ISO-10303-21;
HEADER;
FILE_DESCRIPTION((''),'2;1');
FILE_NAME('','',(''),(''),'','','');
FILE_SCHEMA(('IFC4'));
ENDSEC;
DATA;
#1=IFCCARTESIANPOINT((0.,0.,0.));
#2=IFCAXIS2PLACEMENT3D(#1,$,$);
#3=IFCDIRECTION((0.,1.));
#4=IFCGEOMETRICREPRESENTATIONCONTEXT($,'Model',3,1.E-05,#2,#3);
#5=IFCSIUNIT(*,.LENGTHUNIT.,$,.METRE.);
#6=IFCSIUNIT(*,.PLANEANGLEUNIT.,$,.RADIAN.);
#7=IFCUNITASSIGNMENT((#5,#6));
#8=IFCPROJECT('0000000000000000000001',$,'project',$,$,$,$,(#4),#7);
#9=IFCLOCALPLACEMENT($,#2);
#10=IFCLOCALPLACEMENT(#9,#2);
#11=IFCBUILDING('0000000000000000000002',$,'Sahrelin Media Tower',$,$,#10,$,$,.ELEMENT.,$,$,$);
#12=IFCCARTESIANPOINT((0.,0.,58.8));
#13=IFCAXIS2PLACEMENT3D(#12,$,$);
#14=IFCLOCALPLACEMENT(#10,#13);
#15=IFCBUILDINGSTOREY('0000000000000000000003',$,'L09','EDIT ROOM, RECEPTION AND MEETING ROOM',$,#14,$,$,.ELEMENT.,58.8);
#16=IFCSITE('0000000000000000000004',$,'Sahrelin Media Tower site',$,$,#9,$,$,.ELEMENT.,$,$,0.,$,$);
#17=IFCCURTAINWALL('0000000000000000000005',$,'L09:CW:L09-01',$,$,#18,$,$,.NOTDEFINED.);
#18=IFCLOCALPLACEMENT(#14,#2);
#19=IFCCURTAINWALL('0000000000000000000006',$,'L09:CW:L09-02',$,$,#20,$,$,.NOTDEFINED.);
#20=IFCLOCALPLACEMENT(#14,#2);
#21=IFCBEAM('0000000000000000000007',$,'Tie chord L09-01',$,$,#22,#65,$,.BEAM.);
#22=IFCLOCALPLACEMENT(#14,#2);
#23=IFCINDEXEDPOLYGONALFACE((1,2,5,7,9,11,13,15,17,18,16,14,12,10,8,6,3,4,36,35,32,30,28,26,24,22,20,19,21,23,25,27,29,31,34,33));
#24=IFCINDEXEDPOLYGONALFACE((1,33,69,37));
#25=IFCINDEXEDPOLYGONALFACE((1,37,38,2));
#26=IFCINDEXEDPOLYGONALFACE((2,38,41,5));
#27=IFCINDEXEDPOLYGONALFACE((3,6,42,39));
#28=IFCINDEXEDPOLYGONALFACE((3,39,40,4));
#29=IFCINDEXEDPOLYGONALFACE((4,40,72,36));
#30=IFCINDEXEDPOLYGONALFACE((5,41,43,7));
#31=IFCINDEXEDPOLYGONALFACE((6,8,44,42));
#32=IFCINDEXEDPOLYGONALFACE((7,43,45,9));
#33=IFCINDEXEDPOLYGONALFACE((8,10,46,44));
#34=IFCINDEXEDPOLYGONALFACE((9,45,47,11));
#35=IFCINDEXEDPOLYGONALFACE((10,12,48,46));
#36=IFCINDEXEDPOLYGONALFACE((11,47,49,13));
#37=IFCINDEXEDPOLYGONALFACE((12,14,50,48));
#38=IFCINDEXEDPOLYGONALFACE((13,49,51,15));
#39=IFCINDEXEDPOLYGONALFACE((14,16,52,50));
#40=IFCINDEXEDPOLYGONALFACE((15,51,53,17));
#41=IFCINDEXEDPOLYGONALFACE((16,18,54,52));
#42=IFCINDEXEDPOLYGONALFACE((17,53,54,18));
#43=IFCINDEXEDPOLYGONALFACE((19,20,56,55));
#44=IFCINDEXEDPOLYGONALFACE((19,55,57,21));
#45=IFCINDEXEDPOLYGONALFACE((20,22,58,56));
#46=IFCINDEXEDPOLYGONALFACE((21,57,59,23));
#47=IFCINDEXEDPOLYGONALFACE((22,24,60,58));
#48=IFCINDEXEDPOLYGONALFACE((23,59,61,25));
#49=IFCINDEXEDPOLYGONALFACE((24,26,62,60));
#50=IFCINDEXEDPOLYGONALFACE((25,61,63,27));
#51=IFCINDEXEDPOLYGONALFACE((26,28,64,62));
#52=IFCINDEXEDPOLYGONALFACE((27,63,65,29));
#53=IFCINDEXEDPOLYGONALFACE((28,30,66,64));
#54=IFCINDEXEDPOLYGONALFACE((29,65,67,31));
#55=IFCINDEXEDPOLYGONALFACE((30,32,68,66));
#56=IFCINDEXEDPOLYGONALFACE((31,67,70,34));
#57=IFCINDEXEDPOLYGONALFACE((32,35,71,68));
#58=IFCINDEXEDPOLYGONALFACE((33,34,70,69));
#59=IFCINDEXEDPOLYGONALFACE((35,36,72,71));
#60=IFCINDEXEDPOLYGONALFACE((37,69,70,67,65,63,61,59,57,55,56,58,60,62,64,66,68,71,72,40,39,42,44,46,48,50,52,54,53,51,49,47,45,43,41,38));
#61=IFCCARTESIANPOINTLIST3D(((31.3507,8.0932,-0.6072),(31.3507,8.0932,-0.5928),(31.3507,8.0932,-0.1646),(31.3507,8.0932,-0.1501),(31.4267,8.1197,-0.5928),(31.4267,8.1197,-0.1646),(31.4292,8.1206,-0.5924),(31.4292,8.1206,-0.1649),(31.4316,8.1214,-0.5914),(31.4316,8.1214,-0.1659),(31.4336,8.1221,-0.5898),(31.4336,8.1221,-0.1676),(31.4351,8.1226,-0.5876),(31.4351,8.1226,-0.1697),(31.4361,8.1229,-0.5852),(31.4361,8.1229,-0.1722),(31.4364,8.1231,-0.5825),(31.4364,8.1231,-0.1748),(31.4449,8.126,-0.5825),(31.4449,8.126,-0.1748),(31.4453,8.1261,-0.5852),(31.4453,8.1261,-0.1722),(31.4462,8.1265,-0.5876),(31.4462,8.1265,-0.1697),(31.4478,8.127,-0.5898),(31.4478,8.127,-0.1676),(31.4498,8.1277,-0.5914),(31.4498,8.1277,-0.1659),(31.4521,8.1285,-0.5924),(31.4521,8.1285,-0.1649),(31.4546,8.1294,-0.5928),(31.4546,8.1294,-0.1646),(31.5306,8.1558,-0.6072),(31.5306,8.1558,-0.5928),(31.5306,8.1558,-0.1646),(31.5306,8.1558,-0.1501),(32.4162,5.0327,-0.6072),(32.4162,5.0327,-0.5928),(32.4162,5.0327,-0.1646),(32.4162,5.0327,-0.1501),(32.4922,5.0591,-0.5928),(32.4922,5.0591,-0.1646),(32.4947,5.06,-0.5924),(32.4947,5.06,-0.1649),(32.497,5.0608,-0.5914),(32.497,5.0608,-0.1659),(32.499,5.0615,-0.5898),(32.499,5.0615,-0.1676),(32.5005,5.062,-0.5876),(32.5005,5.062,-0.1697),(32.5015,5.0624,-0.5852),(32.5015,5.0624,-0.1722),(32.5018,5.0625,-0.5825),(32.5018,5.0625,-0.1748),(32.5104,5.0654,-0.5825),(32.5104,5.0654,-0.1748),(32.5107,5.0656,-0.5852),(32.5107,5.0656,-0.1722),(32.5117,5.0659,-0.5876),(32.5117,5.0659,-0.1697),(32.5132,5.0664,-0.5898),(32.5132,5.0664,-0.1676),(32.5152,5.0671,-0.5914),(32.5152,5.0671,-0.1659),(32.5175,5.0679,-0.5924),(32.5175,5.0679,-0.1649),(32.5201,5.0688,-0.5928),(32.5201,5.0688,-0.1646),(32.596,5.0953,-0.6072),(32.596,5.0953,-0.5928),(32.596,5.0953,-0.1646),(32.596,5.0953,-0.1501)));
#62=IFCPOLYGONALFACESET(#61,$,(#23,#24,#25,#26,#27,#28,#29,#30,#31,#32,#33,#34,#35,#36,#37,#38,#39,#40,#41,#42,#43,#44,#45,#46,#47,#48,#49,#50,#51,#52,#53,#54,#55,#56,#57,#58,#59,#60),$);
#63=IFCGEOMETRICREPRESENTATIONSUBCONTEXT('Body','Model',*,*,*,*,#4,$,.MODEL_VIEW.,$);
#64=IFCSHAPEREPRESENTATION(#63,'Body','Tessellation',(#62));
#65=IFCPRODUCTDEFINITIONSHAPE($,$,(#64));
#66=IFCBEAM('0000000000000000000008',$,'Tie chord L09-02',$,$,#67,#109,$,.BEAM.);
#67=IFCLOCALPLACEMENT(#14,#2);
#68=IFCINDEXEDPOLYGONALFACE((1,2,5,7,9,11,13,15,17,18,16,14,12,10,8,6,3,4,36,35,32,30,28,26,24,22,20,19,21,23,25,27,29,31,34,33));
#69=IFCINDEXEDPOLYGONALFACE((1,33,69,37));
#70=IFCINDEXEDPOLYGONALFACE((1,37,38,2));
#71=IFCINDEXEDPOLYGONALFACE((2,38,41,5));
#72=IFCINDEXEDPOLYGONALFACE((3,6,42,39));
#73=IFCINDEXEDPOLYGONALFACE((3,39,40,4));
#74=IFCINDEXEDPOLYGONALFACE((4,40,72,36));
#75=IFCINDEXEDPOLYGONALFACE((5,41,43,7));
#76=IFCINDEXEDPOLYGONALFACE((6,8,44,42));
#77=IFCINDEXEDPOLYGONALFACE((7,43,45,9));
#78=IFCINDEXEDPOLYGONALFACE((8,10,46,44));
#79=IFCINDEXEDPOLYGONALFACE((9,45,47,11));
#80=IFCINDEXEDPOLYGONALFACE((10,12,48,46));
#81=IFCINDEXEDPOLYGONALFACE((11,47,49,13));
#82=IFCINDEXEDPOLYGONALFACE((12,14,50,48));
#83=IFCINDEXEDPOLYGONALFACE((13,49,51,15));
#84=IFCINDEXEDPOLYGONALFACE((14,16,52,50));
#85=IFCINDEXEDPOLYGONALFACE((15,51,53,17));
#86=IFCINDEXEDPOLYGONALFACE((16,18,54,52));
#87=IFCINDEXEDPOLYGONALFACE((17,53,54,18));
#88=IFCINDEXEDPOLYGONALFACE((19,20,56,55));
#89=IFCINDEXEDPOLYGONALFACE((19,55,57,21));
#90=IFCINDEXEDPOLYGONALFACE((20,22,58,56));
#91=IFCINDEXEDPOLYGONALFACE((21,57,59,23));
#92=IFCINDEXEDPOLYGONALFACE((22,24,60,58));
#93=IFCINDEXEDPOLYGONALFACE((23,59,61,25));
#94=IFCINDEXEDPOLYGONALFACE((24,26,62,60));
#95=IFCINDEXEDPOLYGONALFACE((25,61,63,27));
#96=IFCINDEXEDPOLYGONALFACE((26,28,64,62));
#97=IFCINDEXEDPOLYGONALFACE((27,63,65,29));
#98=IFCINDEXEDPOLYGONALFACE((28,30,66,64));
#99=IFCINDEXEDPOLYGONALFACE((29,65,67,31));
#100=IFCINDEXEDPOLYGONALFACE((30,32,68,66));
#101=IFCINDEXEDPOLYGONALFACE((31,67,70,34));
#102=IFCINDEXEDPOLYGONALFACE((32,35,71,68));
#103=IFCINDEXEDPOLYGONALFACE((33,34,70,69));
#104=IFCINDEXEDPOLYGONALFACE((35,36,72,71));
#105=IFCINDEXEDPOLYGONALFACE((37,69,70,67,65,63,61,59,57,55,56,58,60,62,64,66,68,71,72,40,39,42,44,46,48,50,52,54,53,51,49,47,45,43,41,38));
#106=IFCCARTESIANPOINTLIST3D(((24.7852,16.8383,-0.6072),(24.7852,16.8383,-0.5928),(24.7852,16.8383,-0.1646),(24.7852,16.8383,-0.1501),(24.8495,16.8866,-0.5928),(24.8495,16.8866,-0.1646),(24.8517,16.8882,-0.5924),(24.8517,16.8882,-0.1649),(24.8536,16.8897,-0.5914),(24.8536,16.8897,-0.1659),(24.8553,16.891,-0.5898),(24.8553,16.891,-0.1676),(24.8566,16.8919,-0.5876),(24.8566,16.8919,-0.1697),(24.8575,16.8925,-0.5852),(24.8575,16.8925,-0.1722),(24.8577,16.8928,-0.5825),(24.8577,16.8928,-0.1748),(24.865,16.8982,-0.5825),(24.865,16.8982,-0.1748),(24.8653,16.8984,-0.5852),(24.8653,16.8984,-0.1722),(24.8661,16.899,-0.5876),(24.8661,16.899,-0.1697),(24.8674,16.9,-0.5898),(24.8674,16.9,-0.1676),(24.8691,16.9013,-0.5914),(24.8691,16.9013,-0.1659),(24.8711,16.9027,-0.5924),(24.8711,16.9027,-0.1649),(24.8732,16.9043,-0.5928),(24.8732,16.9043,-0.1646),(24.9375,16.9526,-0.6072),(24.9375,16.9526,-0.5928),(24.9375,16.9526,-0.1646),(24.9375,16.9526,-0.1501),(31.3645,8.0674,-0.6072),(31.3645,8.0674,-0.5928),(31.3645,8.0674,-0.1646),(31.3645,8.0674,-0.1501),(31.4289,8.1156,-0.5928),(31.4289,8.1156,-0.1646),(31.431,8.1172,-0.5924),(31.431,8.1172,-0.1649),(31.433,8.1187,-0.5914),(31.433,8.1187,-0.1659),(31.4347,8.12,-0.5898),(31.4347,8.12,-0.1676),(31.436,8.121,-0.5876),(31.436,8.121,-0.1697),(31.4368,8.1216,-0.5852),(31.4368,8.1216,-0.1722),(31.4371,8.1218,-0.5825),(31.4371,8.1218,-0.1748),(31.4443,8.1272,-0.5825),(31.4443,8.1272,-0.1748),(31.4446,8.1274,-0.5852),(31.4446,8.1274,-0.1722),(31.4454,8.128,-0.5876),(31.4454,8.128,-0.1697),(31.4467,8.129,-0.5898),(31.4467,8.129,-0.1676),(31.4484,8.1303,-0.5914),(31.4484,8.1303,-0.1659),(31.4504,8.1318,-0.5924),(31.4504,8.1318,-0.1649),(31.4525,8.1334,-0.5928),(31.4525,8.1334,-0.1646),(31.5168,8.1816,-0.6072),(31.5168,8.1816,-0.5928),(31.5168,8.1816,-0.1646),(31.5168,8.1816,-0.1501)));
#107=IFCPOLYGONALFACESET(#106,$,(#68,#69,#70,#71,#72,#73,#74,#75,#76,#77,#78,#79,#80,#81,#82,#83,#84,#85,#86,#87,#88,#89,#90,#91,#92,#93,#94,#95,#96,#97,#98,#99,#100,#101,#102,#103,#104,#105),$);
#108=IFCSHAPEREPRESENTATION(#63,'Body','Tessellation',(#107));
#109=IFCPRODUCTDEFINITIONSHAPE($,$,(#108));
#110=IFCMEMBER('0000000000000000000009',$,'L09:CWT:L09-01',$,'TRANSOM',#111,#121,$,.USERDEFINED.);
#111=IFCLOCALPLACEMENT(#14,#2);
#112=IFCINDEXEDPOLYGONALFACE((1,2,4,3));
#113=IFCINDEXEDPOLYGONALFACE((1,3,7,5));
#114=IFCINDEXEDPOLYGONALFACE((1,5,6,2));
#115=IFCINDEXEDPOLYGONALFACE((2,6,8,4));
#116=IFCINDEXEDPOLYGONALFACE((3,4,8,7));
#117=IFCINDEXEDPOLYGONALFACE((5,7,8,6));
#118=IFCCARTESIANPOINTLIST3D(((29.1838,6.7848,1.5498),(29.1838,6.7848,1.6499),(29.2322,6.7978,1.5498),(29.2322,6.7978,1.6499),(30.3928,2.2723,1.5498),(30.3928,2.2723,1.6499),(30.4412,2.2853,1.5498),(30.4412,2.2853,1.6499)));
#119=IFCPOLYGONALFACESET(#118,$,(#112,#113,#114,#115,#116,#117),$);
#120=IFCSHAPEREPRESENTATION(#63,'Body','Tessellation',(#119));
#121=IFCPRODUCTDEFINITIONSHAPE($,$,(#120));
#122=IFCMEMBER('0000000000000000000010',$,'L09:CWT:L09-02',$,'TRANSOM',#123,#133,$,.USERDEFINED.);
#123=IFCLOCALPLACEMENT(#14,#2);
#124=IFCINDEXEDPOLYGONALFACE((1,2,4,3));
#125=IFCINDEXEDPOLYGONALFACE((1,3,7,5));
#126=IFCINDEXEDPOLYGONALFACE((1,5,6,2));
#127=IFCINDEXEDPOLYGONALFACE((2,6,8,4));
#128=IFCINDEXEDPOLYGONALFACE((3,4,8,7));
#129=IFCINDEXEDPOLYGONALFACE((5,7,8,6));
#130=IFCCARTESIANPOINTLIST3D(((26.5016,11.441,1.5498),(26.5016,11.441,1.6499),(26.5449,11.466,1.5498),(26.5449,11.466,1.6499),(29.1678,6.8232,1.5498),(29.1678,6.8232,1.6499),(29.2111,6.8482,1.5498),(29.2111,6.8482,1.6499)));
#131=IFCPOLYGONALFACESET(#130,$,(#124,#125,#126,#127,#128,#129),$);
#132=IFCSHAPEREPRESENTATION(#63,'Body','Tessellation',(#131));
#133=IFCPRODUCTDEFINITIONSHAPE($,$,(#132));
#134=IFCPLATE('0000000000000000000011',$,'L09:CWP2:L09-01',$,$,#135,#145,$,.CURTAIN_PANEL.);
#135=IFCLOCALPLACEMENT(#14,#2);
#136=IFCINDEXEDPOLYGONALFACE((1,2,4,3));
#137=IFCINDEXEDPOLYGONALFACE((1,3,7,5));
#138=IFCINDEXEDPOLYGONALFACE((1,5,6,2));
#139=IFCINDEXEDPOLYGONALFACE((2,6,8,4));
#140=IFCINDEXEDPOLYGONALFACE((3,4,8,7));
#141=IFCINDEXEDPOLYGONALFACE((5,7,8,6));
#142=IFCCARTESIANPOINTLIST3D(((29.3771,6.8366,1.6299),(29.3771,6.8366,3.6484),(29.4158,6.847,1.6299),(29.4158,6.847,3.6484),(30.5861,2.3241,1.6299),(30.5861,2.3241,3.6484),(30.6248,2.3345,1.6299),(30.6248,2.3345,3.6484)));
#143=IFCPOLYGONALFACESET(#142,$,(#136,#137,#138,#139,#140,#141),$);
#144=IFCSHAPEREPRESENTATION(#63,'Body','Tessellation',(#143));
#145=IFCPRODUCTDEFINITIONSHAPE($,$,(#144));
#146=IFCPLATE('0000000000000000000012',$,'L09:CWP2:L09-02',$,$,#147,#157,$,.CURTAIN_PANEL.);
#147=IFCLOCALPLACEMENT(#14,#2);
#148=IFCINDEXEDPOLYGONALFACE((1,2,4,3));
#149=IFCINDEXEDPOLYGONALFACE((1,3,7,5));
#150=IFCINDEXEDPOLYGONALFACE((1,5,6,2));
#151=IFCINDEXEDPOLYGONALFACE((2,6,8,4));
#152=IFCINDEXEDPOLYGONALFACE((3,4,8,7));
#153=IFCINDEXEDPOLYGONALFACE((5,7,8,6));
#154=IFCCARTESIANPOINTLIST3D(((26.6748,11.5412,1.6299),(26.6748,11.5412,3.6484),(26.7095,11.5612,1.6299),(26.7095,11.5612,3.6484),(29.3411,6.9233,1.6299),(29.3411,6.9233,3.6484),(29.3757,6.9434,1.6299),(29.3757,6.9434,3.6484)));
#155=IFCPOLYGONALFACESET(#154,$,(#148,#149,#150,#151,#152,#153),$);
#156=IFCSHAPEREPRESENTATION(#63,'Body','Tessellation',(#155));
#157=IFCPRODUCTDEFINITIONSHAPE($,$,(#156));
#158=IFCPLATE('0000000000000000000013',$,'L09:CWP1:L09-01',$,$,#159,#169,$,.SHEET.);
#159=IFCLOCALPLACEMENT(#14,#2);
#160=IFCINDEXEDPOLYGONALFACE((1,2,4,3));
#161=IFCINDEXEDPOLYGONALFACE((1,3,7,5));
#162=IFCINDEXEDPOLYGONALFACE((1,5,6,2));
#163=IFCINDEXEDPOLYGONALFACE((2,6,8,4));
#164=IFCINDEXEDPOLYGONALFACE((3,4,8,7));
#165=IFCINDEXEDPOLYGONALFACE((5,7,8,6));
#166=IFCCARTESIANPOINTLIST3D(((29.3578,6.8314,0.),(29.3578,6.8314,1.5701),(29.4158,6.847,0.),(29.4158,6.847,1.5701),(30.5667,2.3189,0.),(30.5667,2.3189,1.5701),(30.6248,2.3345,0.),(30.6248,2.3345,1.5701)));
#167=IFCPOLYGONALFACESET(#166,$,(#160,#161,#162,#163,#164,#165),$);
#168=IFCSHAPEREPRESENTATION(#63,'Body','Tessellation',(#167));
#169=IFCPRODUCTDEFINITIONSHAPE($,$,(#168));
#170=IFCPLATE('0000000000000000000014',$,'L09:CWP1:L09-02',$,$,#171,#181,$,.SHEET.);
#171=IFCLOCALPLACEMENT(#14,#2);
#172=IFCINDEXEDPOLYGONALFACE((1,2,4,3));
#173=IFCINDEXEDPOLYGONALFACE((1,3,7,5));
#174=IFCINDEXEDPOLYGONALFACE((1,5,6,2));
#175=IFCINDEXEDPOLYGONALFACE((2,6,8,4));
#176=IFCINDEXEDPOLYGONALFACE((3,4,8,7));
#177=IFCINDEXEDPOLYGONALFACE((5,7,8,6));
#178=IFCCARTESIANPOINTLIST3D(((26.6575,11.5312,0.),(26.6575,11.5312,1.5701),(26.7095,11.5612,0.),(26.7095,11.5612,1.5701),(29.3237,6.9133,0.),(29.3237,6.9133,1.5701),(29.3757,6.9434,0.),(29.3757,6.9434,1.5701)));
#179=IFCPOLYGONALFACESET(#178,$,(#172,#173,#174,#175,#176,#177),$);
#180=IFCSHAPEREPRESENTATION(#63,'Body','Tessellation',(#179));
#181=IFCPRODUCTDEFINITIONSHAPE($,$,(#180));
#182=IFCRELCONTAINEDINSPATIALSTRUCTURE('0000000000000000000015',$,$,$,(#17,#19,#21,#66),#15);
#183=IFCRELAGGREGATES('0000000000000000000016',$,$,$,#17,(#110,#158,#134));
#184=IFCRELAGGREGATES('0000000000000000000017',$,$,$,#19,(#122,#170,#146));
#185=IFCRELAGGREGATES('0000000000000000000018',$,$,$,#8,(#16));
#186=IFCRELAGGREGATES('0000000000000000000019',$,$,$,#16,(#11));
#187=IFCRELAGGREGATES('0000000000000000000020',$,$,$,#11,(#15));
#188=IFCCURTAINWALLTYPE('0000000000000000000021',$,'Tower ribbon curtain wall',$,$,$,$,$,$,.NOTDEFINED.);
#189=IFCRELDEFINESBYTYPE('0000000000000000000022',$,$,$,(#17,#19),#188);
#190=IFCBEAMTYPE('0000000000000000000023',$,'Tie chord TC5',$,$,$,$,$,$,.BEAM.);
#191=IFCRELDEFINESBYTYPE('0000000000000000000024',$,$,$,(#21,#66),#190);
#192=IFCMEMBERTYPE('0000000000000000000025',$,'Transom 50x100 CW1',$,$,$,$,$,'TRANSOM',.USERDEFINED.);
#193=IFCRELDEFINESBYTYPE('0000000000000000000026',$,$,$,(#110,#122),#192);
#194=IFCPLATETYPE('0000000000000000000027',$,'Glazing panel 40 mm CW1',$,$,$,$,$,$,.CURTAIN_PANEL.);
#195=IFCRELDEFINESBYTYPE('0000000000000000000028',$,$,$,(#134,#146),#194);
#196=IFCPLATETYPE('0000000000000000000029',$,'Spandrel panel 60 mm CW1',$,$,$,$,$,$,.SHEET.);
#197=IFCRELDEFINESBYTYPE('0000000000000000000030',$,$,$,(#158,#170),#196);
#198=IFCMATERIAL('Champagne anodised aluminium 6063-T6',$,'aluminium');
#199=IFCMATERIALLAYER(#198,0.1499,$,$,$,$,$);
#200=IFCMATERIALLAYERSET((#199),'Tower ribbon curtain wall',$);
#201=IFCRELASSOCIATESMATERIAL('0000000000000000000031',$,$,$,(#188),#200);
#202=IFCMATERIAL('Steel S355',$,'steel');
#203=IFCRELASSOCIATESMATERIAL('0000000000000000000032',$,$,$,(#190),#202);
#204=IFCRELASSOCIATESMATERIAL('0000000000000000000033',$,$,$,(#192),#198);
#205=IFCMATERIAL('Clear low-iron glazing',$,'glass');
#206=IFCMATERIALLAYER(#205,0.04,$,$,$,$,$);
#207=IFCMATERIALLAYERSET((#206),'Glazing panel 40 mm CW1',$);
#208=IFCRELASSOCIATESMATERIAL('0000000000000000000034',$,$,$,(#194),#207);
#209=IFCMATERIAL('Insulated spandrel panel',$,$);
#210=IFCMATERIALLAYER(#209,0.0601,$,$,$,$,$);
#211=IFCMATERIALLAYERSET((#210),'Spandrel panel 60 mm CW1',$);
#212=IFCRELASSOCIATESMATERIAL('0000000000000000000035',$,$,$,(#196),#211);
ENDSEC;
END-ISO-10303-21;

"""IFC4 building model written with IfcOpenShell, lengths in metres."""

from ifc_helpers import new_model, si_unit, direction, frame, origin, origin_2d, place, context, subcontext, project, spatial, polyline, rectangle, i_section, outline, extrude, material, layer, layer_set, material_profile, profile_set, type_object, element, aggregate, save


model = new_model("IFC4")

# Units and contexts
model_context = context("Model", 3, precision=1e-05, world=origin(), true_north=direction((0.0, 1.0)))
body_context = subcontext(model_context, "Body", "Model", "MODEL_VIEW")
ifc_project = project(units=[si_unit("LENGTHUNIT", "METRE"), si_unit("PLANEANGLEUNIT", "RADIAN")], contexts=[model_context])

# Site, building, storey
site_placement = place(None, origin())
site = spatial("IfcSite", under=ifc_project, at=site_placement, Name="Sahrelin Media Tower site", CompositionType="ELEMENT", RefElevation=0.0)
building_placement = place(site_placement, origin())
building = spatial("IfcBuilding", under=site, at=building_placement, Name="Sahrelin Media Tower", CompositionType="ELEMENT")
storey_placement = place(building_placement, frame((0.0, 0.0, 58.8)))
storey = spatial("IfcBuildingStorey", under=building, at=storey_placement, Name="L09", Description="EDIT ROOM, RECEPTION AND MEETING ROOM", CompositionType="ELEMENT", Elevation=58.8)

# Shared definitions
ifc_material_1 = material(Name="Steel S355", Category="steel")

# Curtain walls
ifc_material_2 = material(Name="Champagne anodised aluminium 6063-T6", Category="aluminium")
ifc_layer_1 = layer(ifc_material_2, 0.1499)
ifc_layer_set_1 = layer_set([ifc_layer_1], Name="Tower ribbon curtain wall")
curtain_wall_type = type_object("IfcCurtainWallType", Name="Tower ribbon curtain wall", PredefinedType="NOTDEFINED", material=ifc_layer_set_1)
curtain_wall_1_placement = place(storey_placement, frame((30.001, 4.5854, 0.0), z_axis=(0.0, 0.0, 1.0), x_axis=(1.0, 0.0, 0.0)))
curtain_wall_1 = element("IfcCurtainWall", 1, at=curtain_wall_1_placement, inside=storey, type_object=curtain_wall_type, Name="L09:CW:L09-01", PredefinedType="NOTDEFINED")
curtain_wall_2_placement = place(storey_placement, frame((28.0254, 9.2422, 0.0), z_axis=(0.0, 0.0, 1.0), x_axis=(1.0, 0.0, 0.0)))
curtain_wall_2 = element("IfcCurtainWall", 2, at=curtain_wall_2_placement, inside=storey, type_object=curtain_wall_type, Name="L09:CW:L09-02", PredefinedType="NOTDEFINED")

# Beams
ifc_material_profile_1 = material_profile(ifc_material_1, i_section(OverallWidth=0.1904, OverallDepth=0.457, WebThickness=0.009, FlangeThickness=0.0144, FilletRadius=0.0103, at=origin_2d()), Name="UB 457x191x74")
ifc_profile_set_1 = profile_set([ifc_material_profile_1], Name="Steel S355")
beam_type_1 = type_object("IfcBeamType", Name="Tie chord TC5", PredefinedType="BEAM", material=ifc_profile_set_1)
beam_1_placement = place(storey_placement, frame((32.5061, 5.064, -0.3787), z_axis=(-0.328766, 0.944411, 0.0), x_axis=(-0.944411, -0.328766, 0.0)))
element("IfcBeam", 3, at=beam_1_placement, inside=storey, type_object=beam_type_1, Name="Tie chord L09-01", PredefinedType="BEAM", context=body_context, shape_type="SweptSolid", body=[
    extrude(i_section(OverallWidth=0.1904, OverallDepth=0.457, WebThickness=0.009, FlangeThickness=0.0144, FilletRadius=0.0103, at=origin_2d()), origin(), (0.0, 0.0, 1.0), 3.2407),
])
beam_2_placement = place(storey_placement, frame((31.4407, 8.1245, -0.3787), z_axis=(-0.600064, 0.799952, 0.0), x_axis=(-0.799952, -0.600064, 0.0)))
element("IfcBeam", 4, at=beam_2_placement, inside=storey, type_object=beam_type_1, Name="Tie chord L09-02", PredefinedType="BEAM", context=body_context, shape_type="SweptSolid", body=[
    extrude(i_section(OverallWidth=0.1904, OverallDepth=0.457, WebThickness=0.009, FlangeThickness=0.0144, FilletRadius=0.0103, at=origin_2d()), origin(), (0.0, 0.0, 1.0), 10.9644),
])

# Members
ifc_material_profile_2 = material_profile(ifc_material_2, rectangle(XDim=0.05, YDim=0.1001, at=origin_2d()), Name="Transom 50x100")
ifc_profile_set_2 = profile_set([ifc_material_profile_2], Name="Champagne anodised aluminium 6063-T6")
member_type_1 = type_object("IfcMemberType", Name="Transom 50x100 CW1", ElementType="TRANSOM", PredefinedType="USERDEFINED", material=ifc_profile_set_2)
member_1_placement = place(storey_placement, frame((30.417, 2.2788, 1.5999), z_axis=(-0.258794, 0.965932, 0.0), x_axis=(-0.965932, -0.258794, 0.0)))
member_1 = element("IfcMember", 5, at=member_1_placement, type_object=member_type_1, Name="L09:CWT:L09-01", ObjectType="TRANSOM", PredefinedType="USERDEFINED", context=body_context, shape_type="SweptSolid", body=[
    extrude(rectangle(XDim=0.05, YDim=0.1001, at=origin_2d()), origin(), (0.0, 0.0, 1.0), 4.6716),
])
member_2_placement = place(storey_placement, frame((29.1895, 6.8357, 1.5999), z_axis=(-0.500014, 0.866017, 0.0), x_axis=(-0.866017, -0.500014, 0.0)))
member_2 = element("IfcMember", 6, at=member_2_placement, type_object=member_type_1, Name="L09:CWT:L09-02", ObjectType="TRANSOM", PredefinedType="USERDEFINED", context=body_context, shape_type="SweptSolid", body=[
    extrude(rectangle(XDim=0.05, YDim=0.1001, at=origin_2d()), origin(), (0.0, 0.0, 1.0), 5.3323),
])

# Plates
ifc_material_3 = material(Name="Clear low-iron glazing", Category="glass")
ifc_layer_2 = layer(ifc_material_3, 0.04)
ifc_layer_set_2 = layer_set([ifc_layer_2], Name="Glazing panel 40 mm CW1")
plate_type_1 = type_object("IfcPlateType", Name="Glazing panel 40 mm CW1", PredefinedType="CURTAIN_PANEL", material=ifc_layer_set_2)
plate_1_placement = place(storey_placement, frame((30.6248, 2.3345, 1.6299), z_axis=(0.965932, 0.258794, 0.0), x_axis=(-0.258794, 0.965932, 0.0)))
plate_1 = element("IfcPlate", 7, at=plate_1_placement, type_object=plate_type_1, Name="L09:CWP2:L09-01", PredefinedType="CURTAIN_PANEL", context=body_context, shape_type="SweptSolid", body=[
    extrude(outline(polyline([(0.0, 0.0), (4.6716, 0.0), (4.6716, 2.0186), (0.0, 2.0186), (0.0, 0.0)])), origin(), (0.0, 0.0, -1.0), 0.04),
])
plate_2_placement = place(storey_placement, frame((29.3757, 6.9434, 1.6299), z_axis=(0.866017, 0.500014, 0.0), x_axis=(-0.500014, 0.866017, 0.0)))
plate_2 = element("IfcPlate", 8, at=plate_2_placement, type_object=plate_type_1, Name="L09:CWP2:L09-02", PredefinedType="CURTAIN_PANEL", context=body_context, shape_type="SweptSolid", body=[
    extrude(outline(polyline([(0.0, 0.0), (5.3323, 0.0), (5.3323, 2.0186), (0.0, 2.0186), (0.0, 0.0)])), origin(), (0.0, 0.0, -1.0), 0.04),
])
ifc_material_4 = material(Name="Insulated spandrel panel")
ifc_layer_3 = layer(ifc_material_4, 0.0601)
ifc_layer_set_3 = layer_set([ifc_layer_3], Name="Spandrel panel 60 mm CW1")
plate_type_2 = type_object("IfcPlateType", Name="Spandrel panel 60 mm CW1", PredefinedType="SHEET", material=ifc_layer_set_3)
plate_3_placement = place(storey_placement, frame((30.6248, 2.3345, 0.0), z_axis=(0.965932, 0.258794, 0.0), x_axis=(-0.258794, 0.965932, 0.0)))
plate_3 = element("IfcPlate", 9, at=plate_3_placement, type_object=plate_type_2, Name="L09:CWP1:L09-01", PredefinedType="SHEET", context=body_context, shape_type="SweptSolid", body=[
    extrude(outline(polyline([(0.0, 0.0), (4.6716, 0.0), (4.6716, 1.5701), (0.0, 1.5701), (0.0, 0.0)])), origin(), (0.0, 0.0, -1.0), 0.0601),
])
aggregate(curtain_wall_1, [member_1, plate_3, plate_1])
plate_4_placement = place(storey_placement, frame((29.3757, 6.9434, 0.0), z_axis=(0.866017, 0.500014, 0.0), x_axis=(-0.500014, 0.866017, 0.0)))
plate_4 = element("IfcPlate", 10, at=plate_4_placement, type_object=plate_type_2, Name="L09:CWP1:L09-02", PredefinedType="SHEET", context=body_context, shape_type="SweptSolid", body=[
    extrude(outline(polyline([(0.0, 0.0), (5.3323, 0.0), (5.3323, 1.5701), (0.0, 1.5701), (0.0, 0.0)])), origin(), (0.0, 0.0, -1.0), 0.0601),
])
aggregate(curtain_wall_2, [member_2, plate_4, plate_2])

save(model, "model.ifc")
